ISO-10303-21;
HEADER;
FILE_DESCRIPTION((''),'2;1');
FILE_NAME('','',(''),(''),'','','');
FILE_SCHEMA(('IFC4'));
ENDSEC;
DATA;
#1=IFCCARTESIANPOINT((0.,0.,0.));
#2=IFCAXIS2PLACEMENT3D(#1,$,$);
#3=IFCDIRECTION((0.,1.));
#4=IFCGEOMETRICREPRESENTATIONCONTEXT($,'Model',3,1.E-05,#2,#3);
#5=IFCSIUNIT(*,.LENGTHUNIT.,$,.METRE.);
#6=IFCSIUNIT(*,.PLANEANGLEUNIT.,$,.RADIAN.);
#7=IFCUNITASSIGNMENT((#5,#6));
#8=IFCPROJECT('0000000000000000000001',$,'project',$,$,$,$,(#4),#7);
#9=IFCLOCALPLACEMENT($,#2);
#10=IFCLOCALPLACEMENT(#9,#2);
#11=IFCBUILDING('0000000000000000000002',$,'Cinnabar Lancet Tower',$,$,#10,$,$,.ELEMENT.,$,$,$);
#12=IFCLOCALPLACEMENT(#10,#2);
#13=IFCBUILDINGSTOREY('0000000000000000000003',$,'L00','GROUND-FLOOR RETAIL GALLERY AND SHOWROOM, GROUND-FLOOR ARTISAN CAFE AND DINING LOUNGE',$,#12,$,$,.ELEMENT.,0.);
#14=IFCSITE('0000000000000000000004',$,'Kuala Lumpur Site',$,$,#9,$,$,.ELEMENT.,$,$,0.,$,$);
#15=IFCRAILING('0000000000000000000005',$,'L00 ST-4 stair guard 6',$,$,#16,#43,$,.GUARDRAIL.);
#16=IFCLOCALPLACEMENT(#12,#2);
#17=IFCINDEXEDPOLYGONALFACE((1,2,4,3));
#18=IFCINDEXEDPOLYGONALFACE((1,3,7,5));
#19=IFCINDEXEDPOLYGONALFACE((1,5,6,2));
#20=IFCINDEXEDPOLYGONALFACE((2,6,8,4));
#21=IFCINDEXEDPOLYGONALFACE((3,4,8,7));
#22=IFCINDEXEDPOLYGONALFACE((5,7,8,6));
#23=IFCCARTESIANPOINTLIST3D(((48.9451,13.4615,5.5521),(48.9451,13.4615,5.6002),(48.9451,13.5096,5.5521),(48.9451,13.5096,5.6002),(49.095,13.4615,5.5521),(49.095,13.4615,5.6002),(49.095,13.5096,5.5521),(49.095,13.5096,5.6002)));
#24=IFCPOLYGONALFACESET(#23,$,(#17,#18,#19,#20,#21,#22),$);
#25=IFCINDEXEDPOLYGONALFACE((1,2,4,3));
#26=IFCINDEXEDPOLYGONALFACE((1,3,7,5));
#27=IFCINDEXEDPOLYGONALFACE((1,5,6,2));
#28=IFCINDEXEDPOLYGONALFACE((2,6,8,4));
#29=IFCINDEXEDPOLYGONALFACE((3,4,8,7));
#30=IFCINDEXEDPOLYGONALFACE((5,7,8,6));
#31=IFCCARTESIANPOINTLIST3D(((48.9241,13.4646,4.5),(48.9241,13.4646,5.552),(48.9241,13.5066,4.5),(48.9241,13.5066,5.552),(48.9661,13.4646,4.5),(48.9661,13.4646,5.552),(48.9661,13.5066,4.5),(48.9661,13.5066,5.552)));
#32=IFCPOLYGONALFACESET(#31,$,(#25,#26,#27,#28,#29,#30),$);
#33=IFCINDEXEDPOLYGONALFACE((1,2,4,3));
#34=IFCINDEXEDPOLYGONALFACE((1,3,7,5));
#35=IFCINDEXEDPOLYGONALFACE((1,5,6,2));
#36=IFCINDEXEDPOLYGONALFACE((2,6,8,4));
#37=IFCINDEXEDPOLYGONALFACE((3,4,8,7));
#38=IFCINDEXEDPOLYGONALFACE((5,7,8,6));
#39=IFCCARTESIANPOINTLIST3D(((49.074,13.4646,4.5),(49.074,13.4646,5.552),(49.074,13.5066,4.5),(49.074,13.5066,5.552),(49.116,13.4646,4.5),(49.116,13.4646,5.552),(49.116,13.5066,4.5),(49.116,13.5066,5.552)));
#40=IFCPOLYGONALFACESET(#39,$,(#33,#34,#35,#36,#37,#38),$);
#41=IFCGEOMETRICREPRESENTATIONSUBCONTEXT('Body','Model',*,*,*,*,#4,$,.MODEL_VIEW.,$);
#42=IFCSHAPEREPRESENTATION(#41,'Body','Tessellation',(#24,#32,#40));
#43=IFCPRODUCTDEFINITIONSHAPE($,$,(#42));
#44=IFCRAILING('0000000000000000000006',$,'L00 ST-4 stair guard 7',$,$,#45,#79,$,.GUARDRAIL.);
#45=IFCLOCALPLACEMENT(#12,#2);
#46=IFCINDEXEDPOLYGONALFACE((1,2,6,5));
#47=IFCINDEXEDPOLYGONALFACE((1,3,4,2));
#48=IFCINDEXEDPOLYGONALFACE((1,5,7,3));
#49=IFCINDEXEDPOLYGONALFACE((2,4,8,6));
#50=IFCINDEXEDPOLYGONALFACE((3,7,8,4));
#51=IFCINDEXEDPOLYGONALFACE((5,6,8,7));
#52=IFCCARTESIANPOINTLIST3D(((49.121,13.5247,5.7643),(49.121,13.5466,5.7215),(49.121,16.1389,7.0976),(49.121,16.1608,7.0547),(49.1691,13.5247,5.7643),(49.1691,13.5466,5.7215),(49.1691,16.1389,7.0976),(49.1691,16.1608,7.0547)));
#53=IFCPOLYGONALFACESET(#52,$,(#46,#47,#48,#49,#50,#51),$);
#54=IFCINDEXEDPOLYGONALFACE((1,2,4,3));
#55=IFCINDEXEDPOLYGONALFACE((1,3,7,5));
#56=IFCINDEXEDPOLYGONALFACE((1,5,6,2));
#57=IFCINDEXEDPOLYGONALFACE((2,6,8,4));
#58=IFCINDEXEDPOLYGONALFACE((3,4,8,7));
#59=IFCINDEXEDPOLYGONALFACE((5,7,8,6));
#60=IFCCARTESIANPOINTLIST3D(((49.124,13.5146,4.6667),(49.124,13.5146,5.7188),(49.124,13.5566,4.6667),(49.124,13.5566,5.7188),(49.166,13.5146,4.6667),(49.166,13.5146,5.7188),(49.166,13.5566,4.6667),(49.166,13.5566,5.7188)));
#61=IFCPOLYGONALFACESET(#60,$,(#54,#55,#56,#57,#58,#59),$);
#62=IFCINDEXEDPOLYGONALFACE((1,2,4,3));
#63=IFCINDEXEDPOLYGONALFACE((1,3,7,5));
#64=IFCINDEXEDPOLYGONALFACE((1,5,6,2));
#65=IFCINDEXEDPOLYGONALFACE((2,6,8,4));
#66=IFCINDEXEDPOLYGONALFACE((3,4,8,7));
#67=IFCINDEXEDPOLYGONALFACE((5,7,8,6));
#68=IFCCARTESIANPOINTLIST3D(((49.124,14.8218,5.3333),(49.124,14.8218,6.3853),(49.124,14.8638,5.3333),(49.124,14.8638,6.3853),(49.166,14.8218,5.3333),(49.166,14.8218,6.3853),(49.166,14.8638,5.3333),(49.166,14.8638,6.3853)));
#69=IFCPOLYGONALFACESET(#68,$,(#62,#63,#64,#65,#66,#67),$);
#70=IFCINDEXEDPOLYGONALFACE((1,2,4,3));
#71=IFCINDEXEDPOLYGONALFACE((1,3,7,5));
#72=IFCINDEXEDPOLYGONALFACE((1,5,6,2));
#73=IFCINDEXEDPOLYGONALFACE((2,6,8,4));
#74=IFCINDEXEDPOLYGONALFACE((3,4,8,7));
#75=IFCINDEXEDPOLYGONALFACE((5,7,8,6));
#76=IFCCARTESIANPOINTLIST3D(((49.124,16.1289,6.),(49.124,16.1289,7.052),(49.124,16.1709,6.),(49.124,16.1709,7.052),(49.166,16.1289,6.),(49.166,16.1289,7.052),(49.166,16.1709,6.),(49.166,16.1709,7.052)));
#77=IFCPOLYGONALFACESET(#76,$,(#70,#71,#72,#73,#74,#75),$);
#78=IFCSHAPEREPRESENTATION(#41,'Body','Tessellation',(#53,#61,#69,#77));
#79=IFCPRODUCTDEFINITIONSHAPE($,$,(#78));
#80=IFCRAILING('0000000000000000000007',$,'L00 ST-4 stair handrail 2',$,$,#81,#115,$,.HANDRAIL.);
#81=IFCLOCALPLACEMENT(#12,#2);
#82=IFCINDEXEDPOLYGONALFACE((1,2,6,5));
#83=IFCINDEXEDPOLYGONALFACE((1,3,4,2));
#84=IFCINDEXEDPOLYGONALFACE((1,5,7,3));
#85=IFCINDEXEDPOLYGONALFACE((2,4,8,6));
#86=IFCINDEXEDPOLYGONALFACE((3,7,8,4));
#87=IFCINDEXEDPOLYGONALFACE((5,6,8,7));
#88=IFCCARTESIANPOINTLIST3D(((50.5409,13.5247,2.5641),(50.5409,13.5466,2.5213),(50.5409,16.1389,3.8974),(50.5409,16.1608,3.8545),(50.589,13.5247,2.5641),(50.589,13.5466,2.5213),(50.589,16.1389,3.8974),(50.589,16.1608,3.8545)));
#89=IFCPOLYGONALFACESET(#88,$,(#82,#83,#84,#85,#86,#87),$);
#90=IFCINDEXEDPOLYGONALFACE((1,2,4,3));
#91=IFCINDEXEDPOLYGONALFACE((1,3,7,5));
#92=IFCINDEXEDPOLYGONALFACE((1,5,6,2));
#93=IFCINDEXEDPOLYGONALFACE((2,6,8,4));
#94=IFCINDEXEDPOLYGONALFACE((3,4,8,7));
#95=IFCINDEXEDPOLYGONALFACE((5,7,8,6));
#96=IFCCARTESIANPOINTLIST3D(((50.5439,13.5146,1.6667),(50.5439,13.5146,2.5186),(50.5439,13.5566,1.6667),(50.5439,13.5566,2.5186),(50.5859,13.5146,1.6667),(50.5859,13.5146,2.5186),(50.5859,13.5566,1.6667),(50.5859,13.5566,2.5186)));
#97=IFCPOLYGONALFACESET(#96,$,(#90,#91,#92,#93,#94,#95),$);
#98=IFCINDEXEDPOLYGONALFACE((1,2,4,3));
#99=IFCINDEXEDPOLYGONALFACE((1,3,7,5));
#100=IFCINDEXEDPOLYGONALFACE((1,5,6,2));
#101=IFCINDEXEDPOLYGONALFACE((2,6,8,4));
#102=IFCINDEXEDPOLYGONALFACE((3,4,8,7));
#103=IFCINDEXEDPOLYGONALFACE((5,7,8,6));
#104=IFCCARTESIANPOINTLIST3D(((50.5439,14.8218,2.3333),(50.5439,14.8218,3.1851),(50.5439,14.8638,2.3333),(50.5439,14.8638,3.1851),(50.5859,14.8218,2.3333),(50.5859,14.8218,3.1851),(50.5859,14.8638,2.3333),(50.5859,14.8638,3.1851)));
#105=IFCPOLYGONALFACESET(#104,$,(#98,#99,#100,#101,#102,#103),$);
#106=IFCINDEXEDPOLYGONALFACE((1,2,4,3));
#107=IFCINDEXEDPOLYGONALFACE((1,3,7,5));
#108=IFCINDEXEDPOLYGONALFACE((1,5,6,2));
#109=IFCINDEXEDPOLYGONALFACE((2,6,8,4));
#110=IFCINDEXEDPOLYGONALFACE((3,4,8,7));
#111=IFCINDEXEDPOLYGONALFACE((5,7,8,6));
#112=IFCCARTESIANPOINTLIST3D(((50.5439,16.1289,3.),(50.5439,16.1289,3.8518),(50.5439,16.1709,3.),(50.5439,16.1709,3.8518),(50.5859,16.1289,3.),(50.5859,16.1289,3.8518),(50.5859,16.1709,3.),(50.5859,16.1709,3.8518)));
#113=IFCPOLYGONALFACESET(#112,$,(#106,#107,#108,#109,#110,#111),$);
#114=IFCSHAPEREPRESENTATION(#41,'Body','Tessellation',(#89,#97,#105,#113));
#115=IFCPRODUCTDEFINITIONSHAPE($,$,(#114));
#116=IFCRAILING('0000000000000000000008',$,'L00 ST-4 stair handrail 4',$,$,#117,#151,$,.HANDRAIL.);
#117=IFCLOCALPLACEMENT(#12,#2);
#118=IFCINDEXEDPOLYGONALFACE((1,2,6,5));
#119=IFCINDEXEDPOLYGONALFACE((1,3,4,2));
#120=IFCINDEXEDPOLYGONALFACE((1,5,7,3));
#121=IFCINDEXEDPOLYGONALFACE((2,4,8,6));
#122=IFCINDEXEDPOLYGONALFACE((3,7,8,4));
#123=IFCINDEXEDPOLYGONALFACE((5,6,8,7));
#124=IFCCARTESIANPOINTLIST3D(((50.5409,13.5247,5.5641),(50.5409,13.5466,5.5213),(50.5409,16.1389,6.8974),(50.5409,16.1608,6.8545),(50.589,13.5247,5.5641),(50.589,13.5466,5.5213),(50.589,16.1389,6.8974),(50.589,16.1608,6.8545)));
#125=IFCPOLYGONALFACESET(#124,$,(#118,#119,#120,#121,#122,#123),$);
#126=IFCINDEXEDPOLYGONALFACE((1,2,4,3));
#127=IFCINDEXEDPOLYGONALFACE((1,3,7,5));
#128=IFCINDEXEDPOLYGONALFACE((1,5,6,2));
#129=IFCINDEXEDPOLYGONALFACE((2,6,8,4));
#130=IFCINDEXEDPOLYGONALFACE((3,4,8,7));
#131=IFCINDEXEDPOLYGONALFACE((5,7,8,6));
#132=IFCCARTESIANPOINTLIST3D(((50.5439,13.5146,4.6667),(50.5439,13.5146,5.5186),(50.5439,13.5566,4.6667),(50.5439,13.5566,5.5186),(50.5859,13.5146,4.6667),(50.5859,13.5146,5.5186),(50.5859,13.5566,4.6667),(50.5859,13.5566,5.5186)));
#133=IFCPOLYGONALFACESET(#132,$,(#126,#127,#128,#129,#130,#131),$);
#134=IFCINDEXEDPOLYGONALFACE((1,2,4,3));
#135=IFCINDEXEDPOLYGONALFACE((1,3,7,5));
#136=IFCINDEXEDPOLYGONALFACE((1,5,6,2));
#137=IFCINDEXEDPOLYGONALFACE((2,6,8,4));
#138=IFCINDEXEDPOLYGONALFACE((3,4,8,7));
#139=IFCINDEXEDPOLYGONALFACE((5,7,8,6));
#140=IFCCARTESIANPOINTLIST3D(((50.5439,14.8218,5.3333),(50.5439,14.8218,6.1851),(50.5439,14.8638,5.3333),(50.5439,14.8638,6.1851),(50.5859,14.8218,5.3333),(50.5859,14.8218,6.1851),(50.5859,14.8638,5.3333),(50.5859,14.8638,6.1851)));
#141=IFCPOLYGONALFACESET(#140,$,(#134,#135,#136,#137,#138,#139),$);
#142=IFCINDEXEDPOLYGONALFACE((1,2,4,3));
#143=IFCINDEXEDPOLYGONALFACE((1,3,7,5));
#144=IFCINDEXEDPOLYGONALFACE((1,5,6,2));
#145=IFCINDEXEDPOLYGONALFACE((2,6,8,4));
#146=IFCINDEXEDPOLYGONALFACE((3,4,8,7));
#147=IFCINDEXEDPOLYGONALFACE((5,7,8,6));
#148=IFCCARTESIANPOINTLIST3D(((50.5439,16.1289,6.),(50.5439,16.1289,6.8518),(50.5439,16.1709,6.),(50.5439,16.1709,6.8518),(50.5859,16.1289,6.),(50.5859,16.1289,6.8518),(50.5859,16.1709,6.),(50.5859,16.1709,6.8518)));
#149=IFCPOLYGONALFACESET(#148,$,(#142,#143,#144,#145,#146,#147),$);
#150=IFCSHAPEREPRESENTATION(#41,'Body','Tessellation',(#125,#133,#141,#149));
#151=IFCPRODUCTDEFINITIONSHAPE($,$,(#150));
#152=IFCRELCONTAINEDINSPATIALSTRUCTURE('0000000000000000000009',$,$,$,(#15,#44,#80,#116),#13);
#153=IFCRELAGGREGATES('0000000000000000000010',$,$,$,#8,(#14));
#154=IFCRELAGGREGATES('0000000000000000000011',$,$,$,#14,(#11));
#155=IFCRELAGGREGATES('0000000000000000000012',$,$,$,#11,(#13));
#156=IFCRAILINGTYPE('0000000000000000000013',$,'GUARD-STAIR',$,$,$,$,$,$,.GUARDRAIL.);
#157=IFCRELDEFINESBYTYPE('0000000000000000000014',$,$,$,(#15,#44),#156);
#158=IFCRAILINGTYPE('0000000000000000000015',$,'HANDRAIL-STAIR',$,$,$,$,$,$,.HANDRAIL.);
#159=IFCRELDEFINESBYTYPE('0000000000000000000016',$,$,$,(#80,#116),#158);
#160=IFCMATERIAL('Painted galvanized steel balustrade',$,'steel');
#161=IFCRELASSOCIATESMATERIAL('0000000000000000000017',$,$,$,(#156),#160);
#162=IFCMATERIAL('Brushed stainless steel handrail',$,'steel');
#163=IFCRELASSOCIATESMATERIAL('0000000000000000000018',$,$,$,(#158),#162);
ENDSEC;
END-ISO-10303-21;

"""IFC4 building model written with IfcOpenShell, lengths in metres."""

from ifc_helpers import new_model, si_unit, direction, frame, origin, origin_2d, place, context, subcontext, project, spatial, rectangle, extrude, material, type_object, element, save


model = new_model("IFC4")

# Units and contexts
model_context = context("Model", 3, precision=1e-05, world=origin(), true_north=direction((0.0, 1.0)))
body_context = subcontext(model_context, "Body", "Model", "MODEL_VIEW")
ifc_project = project(units=[si_unit("LENGTHUNIT", "METRE"), si_unit("PLANEANGLEUNIT", "RADIAN")], contexts=[model_context])

# Site, building, storey
site_placement = place(None, origin())
site = spatial("IfcSite", under=ifc_project, at=site_placement, Name="Kuala Lumpur Site", CompositionType="ELEMENT", RefElevation=0.0)
building_placement = place(site_placement, origin())
building = spatial("IfcBuilding", under=site, at=building_placement, Name="Cinnabar Lancet Tower", CompositionType="ELEMENT")
storey_placement = place(building_placement, origin())
storey = spatial("IfcBuildingStorey", under=building, at=storey_placement, Name="L00", Description="GROUND-FLOOR RETAIL GALLERY AND SHOWROOM, GROUND-FLOOR ARTISAN CAFE AND DINING LOUNGE", CompositionType="ELEMENT", Elevation=0.0)

# Railings
ifc_material_1 = material(Name="Painted galvanized steel balustrade", Category="steel")
railing_type_1 = type_object("IfcRailingType", Name="GUARD-STAIR", PredefinedType="GUARDRAIL", material=ifc_material_1)
railing_1_placement = place(storey_placement, frame((48.9451, 13.4856, 4.5)))
element("IfcRailing", 1, at=railing_1_placement, inside=storey, type_object=railing_type_1, Name="L00 ST-4 stair guard 6", PredefinedType="GUARDRAIL", context=body_context, shape_type="SweptSolid", body=[
    extrude(rectangle(XDim=0.0481, YDim=0.0481, at=origin_2d()), frame((0.0, 0.0, 1.0762), z_axis=(1.0, 0.0, 0.0), x_axis=(0.0, 1.0, 0.0)), (0.0, 0.0, 1.0), 0.1499),
    extrude(rectangle(XDim=0.042, YDim=0.042, at=origin_2d()), origin(), (0.0, 0.0, 1.0), 1.052),
    extrude(rectangle(XDim=0.042, YDim=0.042, at=origin_2d()), frame((0.1499, 0.0, 0.0)), (0.0, 0.0, 1.0), 1.052),
])
railing_2_placement = place(storey_placement, frame((49.145, 13.5356, 4.6667)))
element("IfcRailing", 2, at=railing_2_placement, inside=storey, type_object=railing_type_1, Name="L00 ST-4 stair guard 7", PredefinedType="GUARDRAIL", context=body_context, shape_type="SweptSolid", body=[
    extrude(rectangle(XDim=0.0481, YDim=0.0481, at=origin_2d()), frame((0.0, 0.0, 1.0762), z_axis=(0.0, 0.890838, 0.454321), x_axis=(-1.0, 0.0, 0.0)), (0.0, 0.0, 1.0), 2.9346),
    extrude(rectangle(XDim=0.042, YDim=0.042, at=origin_2d()), origin(), (0.0, 0.0, 1.0), 1.052),
    extrude(rectangle(XDim=0.042, YDim=0.042, at=origin_2d()), frame((0.0, 1.3071, 0.6665)), (0.0, 0.0, 1.0), 1.052),
    extrude(rectangle(XDim=0.042, YDim=0.042, at=origin_2d()), frame((0.0, 2.6143, 1.3333)), (0.0, 0.0, 1.0), 1.052),
])
ifc_material_2 = material(Name="Brushed stainless steel handrail", Category="steel")
railing_type_2 = type_object("IfcRailingType", Name="HANDRAIL-STAIR", PredefinedType="HANDRAIL", material=ifc_material_2)
for number, where, name in (
    (3, (50.5649, 13.5356, 1.6667), "L00 ST-4 stair handrail 2"),
    (4, (50.5649, 13.5356, 4.6667), "L00 ST-4 stair handrail 4"),
):
    element("IfcRailing", number, at=place(storey_placement, frame(where)), inside=storey, type_object=railing_type_2, Name=name, PredefinedType="HANDRAIL", context=body_context, shape_type="SweptSolid", body=[
        extrude(rectangle(XDim=0.0481, YDim=0.0481, at=origin_2d()), frame((0.0, 0.0, 0.876), z_axis=(0.0, 0.890838, 0.454321), x_axis=(-1.0, 0.0, 0.0)), (0.0, 0.0, 1.0), 2.9346),
        extrude(rectangle(XDim=0.042, YDim=0.042, at=origin_2d()), origin(), (0.0, 0.0, 1.0), 0.8518),
        extrude(rectangle(XDim=0.042, YDim=0.042, at=origin_2d()), frame((0.0, 1.3071, 0.6665)), (0.0, 0.0, 1.0), 0.8518),
        extrude(rectangle(XDim=0.042, YDim=0.042, at=origin_2d()), frame((0.0, 2.6143, 1.3333)), (0.0, 0.0, 1.0), 0.8518),
    ])

save(model, "model.ifc")
